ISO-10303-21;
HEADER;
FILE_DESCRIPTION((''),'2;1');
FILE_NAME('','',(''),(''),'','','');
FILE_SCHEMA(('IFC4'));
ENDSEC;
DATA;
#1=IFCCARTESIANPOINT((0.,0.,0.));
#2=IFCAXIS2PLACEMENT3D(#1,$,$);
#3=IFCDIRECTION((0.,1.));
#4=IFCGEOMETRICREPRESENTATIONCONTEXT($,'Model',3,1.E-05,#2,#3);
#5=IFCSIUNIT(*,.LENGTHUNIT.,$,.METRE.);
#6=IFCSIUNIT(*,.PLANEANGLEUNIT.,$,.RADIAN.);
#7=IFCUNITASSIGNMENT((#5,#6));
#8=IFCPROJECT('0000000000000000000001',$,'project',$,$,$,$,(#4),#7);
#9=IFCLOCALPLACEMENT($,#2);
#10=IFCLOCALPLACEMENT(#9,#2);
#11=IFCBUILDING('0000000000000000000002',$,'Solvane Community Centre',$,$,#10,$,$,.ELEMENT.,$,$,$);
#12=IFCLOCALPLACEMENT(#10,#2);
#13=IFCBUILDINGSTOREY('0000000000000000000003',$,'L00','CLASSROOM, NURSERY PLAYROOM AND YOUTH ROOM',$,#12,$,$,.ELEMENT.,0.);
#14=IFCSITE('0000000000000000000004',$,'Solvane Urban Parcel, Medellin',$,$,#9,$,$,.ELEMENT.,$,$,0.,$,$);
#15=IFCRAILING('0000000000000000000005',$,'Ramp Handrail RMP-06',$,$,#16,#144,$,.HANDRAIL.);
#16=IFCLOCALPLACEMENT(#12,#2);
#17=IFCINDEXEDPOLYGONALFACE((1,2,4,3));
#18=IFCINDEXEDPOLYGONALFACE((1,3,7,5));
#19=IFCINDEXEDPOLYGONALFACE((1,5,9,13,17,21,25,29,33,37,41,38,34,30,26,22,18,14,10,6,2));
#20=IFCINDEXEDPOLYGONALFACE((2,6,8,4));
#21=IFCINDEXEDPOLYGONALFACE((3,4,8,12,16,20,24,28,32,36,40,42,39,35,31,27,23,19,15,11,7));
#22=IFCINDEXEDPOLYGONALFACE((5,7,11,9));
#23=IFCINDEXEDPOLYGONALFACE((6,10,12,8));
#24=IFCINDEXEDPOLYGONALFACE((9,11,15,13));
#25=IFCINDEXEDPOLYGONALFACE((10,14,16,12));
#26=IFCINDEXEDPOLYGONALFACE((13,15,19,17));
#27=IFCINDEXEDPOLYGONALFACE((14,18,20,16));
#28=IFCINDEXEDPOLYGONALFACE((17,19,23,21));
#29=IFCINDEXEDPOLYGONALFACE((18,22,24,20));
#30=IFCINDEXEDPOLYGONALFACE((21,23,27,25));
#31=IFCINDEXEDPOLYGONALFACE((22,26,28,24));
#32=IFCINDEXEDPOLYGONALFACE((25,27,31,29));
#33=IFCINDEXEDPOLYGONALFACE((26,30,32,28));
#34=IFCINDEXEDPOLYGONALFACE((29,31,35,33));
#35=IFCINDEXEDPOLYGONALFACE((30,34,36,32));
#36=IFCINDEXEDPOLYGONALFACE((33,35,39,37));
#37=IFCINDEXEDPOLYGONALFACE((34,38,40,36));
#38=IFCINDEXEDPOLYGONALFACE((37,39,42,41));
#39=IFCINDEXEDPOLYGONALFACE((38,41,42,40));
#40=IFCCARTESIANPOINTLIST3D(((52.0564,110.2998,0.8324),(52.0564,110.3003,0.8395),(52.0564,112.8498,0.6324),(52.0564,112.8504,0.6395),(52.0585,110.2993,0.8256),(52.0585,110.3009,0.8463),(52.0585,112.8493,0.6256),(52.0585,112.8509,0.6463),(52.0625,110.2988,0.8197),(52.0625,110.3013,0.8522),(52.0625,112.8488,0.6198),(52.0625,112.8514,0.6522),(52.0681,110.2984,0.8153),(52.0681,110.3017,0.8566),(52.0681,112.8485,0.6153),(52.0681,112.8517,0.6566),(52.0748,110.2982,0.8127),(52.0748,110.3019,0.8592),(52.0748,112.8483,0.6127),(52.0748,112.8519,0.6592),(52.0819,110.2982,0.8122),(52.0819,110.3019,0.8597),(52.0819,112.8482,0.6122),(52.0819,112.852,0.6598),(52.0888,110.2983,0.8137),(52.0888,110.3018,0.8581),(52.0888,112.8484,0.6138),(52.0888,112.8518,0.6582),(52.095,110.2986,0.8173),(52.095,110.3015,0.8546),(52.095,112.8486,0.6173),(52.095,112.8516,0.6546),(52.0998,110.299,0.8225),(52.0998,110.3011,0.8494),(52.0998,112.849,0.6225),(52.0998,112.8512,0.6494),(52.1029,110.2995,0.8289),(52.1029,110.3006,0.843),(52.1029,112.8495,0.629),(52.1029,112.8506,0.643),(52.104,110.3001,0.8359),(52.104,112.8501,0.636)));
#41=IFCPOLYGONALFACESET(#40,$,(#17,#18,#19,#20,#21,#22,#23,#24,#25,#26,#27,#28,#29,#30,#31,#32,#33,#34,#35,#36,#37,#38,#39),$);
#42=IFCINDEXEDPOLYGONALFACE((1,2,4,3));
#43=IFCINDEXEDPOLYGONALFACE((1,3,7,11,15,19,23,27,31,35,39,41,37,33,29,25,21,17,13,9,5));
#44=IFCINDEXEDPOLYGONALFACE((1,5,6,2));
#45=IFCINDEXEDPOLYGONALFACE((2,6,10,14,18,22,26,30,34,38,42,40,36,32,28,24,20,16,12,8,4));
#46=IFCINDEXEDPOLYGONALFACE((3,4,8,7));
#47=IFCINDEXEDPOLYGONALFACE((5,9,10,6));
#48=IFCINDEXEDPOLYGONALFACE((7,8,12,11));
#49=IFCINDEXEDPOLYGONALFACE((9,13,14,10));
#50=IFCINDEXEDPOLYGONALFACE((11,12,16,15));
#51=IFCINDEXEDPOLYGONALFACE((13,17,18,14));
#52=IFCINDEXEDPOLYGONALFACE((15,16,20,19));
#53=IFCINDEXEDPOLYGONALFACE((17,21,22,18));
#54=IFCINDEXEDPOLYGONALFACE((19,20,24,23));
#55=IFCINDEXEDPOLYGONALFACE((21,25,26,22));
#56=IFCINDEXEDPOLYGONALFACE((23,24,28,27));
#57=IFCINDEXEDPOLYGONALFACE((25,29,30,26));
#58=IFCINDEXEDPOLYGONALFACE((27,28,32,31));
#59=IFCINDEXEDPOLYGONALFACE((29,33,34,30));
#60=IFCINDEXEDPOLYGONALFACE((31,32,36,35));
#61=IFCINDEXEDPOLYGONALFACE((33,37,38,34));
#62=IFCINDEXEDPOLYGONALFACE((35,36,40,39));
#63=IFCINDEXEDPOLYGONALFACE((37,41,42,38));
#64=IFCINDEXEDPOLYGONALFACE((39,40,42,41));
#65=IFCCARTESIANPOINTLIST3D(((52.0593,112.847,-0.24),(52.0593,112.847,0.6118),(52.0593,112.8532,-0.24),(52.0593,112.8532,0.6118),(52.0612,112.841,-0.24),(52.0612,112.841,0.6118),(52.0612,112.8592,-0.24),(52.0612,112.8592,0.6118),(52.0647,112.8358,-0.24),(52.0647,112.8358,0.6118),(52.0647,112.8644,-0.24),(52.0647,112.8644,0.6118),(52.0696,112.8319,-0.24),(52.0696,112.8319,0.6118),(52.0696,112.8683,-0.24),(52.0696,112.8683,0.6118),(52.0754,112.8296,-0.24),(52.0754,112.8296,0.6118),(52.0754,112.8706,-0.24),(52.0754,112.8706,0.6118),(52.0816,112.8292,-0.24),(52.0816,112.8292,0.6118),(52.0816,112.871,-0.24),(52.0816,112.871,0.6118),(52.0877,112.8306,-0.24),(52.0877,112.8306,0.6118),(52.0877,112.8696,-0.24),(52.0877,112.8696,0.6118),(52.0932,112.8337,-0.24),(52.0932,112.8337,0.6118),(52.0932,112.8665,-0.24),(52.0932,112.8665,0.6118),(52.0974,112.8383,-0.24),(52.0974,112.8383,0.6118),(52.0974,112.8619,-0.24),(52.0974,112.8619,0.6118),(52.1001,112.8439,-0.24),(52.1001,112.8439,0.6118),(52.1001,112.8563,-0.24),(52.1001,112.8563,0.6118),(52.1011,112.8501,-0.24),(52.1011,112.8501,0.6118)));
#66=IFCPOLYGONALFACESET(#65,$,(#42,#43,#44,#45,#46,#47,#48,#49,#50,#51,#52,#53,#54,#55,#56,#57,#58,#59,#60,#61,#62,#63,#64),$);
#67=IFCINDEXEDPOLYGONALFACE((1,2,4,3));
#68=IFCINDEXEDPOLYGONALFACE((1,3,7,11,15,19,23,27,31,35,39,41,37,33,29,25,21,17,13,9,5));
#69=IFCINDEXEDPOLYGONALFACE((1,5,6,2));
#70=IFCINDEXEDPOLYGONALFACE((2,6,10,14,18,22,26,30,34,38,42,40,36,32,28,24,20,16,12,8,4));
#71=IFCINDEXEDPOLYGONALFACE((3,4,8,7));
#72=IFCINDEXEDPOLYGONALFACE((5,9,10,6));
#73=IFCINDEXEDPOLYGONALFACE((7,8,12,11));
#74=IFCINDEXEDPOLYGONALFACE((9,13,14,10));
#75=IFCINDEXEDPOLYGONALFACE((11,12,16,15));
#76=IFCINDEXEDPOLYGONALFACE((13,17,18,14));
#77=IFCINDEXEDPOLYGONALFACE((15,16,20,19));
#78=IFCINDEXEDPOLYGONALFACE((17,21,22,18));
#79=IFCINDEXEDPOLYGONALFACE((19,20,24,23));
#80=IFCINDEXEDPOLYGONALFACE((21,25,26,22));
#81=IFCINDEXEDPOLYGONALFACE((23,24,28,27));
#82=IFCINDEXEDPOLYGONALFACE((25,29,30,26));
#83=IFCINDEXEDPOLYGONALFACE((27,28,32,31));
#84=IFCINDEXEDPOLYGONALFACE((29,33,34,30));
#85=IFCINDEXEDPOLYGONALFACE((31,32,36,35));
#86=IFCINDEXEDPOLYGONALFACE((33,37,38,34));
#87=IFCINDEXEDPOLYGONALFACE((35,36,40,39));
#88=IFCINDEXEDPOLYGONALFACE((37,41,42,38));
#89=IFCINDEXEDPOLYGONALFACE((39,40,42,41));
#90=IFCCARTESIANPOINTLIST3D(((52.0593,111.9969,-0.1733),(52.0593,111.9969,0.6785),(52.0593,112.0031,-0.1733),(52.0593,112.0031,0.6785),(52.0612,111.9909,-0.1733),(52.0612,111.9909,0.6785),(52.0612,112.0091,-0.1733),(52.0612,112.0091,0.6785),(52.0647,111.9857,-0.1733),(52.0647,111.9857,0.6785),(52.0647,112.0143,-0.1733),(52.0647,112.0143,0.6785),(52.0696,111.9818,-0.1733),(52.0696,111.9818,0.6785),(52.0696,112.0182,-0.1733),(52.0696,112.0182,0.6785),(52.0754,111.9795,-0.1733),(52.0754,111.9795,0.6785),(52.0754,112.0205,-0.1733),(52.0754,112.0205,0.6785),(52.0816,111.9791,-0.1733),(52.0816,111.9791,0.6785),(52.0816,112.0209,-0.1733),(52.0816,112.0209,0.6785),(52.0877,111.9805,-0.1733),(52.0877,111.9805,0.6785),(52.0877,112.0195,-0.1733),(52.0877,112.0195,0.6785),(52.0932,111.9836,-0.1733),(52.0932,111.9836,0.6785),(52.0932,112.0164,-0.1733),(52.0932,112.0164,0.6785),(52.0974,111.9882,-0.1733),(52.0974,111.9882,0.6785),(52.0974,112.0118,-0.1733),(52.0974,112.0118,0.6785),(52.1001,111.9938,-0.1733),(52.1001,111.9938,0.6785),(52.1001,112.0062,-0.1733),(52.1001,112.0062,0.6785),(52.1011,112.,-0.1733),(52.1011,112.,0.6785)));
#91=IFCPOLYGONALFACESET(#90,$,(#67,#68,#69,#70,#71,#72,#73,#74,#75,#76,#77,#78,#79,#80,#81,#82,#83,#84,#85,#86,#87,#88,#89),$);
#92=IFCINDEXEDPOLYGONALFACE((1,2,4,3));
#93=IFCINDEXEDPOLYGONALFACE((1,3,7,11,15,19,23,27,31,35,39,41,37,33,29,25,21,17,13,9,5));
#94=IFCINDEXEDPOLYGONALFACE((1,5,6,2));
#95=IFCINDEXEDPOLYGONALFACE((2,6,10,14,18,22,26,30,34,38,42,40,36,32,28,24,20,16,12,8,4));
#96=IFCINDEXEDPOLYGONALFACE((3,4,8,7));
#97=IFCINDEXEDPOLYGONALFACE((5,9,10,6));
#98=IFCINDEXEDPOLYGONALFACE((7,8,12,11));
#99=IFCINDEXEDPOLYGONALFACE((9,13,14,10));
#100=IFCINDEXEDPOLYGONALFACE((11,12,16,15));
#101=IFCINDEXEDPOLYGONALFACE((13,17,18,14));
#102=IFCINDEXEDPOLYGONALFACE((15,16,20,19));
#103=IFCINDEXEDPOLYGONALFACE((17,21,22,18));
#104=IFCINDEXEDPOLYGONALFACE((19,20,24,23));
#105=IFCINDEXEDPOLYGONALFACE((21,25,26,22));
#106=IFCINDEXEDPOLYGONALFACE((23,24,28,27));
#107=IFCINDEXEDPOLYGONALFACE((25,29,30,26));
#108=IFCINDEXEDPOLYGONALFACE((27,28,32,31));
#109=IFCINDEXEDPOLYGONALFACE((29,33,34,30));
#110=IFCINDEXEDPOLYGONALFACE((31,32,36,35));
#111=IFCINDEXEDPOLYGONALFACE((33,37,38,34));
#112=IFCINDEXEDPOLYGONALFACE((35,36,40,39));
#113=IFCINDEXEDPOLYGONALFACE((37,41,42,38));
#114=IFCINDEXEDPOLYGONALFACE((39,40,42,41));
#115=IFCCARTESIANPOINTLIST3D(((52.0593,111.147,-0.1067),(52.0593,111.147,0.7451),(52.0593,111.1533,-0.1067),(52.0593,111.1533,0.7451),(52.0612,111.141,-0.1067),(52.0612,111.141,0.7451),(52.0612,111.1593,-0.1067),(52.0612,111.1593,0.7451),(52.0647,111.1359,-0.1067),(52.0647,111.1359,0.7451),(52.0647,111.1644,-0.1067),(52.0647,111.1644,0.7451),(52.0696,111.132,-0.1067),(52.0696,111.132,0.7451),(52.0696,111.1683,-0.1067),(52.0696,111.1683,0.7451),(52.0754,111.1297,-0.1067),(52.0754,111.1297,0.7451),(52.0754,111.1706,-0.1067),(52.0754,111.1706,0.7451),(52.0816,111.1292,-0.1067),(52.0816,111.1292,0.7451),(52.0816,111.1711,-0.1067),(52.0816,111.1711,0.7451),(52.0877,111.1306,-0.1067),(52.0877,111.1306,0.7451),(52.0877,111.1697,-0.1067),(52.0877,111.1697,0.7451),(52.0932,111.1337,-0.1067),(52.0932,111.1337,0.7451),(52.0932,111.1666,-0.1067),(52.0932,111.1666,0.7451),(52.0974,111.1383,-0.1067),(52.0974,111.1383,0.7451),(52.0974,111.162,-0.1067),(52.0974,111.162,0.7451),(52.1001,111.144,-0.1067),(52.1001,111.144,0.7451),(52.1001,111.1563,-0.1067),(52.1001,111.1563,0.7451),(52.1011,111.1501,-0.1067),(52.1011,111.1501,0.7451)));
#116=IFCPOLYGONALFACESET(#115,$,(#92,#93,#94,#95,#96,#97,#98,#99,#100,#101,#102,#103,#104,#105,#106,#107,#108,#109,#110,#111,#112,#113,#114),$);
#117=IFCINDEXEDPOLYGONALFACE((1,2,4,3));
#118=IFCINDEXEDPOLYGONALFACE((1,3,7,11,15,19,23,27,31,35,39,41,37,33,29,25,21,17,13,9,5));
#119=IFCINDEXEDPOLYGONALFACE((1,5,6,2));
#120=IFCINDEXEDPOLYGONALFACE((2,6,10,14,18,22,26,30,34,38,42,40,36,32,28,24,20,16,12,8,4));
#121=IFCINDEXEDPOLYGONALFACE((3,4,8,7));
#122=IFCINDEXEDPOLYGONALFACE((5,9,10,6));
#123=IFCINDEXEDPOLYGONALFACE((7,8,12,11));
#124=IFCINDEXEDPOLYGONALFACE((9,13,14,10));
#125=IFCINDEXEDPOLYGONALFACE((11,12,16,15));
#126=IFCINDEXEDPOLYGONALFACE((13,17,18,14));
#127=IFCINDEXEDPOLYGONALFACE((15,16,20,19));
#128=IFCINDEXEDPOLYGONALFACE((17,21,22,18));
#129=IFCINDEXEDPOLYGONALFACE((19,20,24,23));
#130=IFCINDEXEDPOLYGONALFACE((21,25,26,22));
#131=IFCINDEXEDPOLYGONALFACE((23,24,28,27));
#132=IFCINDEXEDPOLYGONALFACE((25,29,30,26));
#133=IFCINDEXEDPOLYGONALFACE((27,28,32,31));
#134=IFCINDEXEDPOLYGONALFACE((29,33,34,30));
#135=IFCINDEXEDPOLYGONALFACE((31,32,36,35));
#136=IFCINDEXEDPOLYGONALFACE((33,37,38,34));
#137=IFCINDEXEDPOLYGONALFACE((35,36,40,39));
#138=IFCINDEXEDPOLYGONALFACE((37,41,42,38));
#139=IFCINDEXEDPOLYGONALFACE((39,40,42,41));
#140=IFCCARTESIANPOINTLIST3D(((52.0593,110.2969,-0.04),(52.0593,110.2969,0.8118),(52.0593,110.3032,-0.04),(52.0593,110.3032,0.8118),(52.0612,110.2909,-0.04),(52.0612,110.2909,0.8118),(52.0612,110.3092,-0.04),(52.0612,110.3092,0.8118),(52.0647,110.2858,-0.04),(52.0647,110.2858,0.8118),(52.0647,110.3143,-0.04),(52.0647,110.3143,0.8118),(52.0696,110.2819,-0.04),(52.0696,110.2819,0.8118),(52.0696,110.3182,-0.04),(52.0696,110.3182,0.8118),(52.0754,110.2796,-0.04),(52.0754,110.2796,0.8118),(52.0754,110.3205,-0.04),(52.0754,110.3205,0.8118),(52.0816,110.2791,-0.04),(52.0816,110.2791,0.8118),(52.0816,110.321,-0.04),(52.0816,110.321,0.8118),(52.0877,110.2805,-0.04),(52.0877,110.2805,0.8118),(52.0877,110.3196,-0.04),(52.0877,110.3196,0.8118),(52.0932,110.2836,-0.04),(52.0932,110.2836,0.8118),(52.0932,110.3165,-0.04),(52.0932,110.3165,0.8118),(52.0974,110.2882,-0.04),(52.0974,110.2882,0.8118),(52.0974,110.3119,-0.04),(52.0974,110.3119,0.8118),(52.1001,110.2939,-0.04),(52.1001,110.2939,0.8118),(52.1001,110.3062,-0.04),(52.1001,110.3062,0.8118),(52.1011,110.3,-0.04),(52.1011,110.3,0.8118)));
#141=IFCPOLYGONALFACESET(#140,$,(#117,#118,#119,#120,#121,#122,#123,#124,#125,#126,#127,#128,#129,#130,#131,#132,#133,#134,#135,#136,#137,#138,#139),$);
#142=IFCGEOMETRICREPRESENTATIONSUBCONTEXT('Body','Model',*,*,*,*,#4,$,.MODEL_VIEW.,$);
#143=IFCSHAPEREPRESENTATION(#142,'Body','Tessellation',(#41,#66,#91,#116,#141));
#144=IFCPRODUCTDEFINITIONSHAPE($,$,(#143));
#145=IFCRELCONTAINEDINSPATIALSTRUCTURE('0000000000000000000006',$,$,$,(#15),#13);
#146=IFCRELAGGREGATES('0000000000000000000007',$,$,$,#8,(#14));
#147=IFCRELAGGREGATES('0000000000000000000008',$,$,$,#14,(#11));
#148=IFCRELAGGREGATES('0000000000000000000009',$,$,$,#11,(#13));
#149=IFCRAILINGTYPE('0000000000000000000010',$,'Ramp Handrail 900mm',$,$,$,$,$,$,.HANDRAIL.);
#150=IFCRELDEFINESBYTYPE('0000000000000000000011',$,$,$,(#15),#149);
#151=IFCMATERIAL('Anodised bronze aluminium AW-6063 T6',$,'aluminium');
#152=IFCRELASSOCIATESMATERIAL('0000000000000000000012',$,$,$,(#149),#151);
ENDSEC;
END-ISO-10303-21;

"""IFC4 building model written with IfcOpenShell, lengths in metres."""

from ifc_helpers import new_model, si_unit, direction, frame, origin, origin_2d, place, context, subcontext, project, spatial, circle, extrude, material, type_object, element, save


model = new_model("IFC4")

# Units and contexts
model_context = context("Model", 3, precision=1e-05, world=origin(), true_north=direction((0.0, 1.0)))
body_context = subcontext(model_context, "Body", "Model", "MODEL_VIEW")
ifc_project = project(units=[si_unit("LENGTHUNIT", "METRE"), si_unit("PLANEANGLEUNIT", "RADIAN")], contexts=[model_context])

# Site, building, storey
site_placement = place(None, origin())
site = spatial("IfcSite", under=ifc_project, at=site_placement, Name="Solvane Urban Parcel, Medellin", CompositionType="ELEMENT", RefElevation=0.0)
building_placement = place(site_placement, origin())
building = spatial("IfcBuilding", under=site, at=building_placement, Name="Solvane Community Centre", CompositionType="ELEMENT")
storey_placement = place(building_placement, origin())
storey = spatial("IfcBuildingStorey", under=building, at=storey_placement, Name="L00", Description="CLASSROOM, NURSERY PLAYROOM AND YOUTH ROOM", CompositionType="ELEMENT", Elevation=0.0)

# Shared definitions
ifc_material_1 = material(Name="Anodised bronze aluminium AW-6063 T6", Category="aluminium")

# Railing
railing_type = type_object("IfcRailingType", Name="Ramp Handrail 900mm", PredefinedType="HANDRAIL", material=ifc_material_1)
railing_placement = place(storey_placement, frame((52.0801, 112.8501, -0.24)))
element("IfcRailing", 1, at=railing_placement, inside=storey, type_object=railing_type, Name="Ramp Handrail RMP-06", PredefinedType="HANDRAIL", context=body_context, shape_type="SweptSolid", body=[
    extrude(circle(Radius=0.0239, at=origin_2d()), frame((0.0, 0.0, 0.876), z_axis=(0.0, -0.99694, 0.078171), x_axis=(1.0, 0.0, 0.0)), (0.0, 0.0, 1.0), 2.5579),
    extrude(circle(Radius=0.021, at=origin_2d()), origin(), (0.0, 0.0, 1.0), 0.8518),
    extrude(circle(Radius=0.021, at=origin_2d()), frame((0.0, -0.8501, 0.0667)), (0.0, 0.0, 1.0), 0.8518),
    extrude(circle(Radius=0.021, at=origin_2d()), frame((0.0, -1.7, 0.1333)), (0.0, 0.0, 1.0), 0.8518),
    extrude(circle(Radius=0.021, at=origin_2d()), frame((0.0, -2.55, 0.2)), (0.0, 0.0, 1.0), 0.8518),
])

save(model, "model.ifc")
